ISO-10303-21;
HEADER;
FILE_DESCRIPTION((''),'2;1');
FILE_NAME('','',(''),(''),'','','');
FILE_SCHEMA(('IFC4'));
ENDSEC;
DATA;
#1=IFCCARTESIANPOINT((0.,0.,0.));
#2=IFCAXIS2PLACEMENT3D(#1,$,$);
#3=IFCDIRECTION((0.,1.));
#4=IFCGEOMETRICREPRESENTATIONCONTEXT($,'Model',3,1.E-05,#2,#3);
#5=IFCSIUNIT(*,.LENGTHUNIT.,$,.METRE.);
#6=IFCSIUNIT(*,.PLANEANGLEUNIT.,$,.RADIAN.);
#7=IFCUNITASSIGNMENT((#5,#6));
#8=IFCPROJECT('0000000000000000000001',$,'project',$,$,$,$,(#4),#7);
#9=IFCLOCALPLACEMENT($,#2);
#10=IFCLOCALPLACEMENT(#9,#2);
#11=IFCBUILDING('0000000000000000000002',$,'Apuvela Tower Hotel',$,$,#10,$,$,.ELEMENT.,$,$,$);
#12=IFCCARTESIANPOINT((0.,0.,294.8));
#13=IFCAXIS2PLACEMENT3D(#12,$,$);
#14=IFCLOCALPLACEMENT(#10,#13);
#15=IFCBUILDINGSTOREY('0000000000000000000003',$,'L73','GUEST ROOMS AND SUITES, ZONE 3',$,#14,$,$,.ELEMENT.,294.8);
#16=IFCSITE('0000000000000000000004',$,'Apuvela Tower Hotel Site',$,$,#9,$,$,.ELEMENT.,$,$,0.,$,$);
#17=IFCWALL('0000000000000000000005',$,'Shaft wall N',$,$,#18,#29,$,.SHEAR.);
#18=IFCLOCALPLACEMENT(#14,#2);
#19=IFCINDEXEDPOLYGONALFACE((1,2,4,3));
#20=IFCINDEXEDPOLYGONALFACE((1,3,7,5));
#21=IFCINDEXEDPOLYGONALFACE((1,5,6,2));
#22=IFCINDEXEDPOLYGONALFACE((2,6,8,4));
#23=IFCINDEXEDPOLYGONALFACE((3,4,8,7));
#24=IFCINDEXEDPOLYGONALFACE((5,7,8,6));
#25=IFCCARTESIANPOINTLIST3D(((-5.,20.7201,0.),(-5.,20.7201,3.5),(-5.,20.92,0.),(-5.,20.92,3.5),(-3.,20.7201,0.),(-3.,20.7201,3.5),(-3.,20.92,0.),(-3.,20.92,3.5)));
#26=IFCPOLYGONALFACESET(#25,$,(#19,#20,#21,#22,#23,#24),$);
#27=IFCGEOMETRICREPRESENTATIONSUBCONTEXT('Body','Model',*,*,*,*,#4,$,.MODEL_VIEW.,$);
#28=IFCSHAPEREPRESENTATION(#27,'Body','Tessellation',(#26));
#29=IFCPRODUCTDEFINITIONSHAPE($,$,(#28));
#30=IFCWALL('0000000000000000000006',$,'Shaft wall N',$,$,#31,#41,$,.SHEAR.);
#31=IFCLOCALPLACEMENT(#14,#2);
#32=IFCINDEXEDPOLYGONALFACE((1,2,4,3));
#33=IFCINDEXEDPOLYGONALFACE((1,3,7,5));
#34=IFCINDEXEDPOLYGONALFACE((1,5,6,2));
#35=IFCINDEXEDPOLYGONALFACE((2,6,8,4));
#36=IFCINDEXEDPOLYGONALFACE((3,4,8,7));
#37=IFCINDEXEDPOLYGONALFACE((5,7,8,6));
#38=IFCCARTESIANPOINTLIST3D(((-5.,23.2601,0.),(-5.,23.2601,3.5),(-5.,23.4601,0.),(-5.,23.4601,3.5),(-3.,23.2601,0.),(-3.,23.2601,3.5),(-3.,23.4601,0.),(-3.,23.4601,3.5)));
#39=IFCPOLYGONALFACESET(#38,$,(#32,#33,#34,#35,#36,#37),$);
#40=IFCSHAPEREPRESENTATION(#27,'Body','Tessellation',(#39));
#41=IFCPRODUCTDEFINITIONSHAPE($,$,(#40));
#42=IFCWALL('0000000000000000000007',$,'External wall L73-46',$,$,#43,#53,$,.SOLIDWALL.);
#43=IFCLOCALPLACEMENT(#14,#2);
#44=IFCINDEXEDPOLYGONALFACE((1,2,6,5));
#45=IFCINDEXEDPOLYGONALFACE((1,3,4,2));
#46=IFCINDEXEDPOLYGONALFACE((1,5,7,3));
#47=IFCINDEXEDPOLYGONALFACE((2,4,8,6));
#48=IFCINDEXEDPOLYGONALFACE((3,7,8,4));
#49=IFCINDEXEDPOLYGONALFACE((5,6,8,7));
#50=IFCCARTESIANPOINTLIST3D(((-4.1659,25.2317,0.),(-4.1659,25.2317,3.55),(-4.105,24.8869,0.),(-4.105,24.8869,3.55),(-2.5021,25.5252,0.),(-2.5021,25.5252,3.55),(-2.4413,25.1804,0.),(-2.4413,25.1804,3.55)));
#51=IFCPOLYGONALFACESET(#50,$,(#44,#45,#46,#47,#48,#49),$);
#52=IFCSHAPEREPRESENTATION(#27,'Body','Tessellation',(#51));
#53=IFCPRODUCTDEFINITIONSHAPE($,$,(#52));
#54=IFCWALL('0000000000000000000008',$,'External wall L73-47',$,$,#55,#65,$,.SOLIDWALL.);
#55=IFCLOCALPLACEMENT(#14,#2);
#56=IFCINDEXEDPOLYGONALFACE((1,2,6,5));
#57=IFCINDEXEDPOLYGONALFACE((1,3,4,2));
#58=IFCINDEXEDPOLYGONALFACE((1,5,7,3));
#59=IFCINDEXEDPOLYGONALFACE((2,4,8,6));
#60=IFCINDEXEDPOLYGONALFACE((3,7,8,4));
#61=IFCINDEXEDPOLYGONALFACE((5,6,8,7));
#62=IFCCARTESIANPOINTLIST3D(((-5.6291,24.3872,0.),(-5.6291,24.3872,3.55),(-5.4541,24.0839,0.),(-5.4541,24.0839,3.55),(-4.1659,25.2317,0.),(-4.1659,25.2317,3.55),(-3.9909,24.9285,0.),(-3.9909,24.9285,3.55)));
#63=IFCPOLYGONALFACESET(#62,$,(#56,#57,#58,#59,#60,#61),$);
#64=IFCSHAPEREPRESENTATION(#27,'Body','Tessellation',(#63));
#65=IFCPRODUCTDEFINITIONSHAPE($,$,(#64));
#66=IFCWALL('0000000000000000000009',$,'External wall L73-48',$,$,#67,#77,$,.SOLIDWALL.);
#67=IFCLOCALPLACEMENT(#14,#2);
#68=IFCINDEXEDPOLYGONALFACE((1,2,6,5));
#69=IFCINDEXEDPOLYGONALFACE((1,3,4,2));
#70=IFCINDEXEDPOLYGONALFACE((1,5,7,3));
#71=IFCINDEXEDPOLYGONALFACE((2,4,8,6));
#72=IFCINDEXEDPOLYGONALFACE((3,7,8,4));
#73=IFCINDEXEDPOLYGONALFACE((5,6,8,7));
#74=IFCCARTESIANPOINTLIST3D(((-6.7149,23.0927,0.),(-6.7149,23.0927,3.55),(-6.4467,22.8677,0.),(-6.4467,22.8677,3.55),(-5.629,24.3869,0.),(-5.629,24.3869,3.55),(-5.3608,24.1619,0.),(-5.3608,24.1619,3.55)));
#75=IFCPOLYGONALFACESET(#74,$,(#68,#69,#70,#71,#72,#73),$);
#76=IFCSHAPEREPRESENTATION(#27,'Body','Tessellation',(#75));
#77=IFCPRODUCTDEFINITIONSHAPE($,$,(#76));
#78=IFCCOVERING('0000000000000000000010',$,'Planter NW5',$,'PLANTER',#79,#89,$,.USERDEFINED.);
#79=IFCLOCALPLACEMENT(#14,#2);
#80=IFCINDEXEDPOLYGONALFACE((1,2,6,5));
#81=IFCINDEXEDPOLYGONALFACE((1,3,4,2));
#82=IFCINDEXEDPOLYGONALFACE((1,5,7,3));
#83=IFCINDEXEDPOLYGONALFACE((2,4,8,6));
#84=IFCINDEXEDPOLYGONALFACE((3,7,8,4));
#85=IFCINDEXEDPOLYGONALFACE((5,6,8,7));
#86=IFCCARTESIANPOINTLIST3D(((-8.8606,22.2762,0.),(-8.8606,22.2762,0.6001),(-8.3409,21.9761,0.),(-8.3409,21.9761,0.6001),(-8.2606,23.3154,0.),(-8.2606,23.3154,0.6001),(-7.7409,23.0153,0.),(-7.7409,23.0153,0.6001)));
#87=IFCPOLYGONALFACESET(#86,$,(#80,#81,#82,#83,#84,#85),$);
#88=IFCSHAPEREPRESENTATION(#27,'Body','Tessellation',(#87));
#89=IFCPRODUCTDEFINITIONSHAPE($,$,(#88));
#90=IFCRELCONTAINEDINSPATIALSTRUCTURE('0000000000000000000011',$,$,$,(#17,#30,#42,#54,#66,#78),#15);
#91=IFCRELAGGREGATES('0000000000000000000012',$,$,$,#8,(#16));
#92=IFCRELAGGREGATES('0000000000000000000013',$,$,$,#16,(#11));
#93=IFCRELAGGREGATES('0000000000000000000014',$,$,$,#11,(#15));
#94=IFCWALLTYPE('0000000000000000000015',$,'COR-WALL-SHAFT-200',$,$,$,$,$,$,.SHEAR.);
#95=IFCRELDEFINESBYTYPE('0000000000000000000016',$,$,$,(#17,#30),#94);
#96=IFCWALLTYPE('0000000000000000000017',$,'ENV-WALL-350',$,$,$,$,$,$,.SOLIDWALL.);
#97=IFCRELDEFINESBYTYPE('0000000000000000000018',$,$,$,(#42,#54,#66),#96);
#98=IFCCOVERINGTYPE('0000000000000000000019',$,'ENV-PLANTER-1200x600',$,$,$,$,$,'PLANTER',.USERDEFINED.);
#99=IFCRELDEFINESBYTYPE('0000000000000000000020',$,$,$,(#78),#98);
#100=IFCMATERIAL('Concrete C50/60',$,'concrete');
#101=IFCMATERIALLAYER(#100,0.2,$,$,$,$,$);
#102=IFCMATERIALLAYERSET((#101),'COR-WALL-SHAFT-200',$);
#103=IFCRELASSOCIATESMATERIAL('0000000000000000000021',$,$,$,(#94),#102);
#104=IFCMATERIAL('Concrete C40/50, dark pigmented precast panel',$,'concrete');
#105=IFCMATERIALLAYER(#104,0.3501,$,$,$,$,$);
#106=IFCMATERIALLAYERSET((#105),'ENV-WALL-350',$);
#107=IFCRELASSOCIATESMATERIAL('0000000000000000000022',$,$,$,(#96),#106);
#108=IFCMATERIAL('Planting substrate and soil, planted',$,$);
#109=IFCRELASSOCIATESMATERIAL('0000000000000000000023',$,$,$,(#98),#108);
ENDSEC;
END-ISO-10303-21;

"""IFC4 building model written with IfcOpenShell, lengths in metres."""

from ifc_helpers import new_model, si_unit, direction, frame, frame_2d, origin, origin_2d, place, context, subcontext, project, spatial, rectangle, extrude, material, layer, layer_set, type_object, element, save


model = new_model("IFC4")

# Units and contexts
model_context = context("Model", 3, precision=1e-05, world=origin(), true_north=direction((0.0, 1.0)))
body_context = subcontext(model_context, "Body", "Model", "MODEL_VIEW")
ifc_project = project(units=[si_unit("LENGTHUNIT", "METRE"), si_unit("PLANEANGLEUNIT", "RADIAN")], contexts=[model_context])

# Site, building, storey
site_placement = place(None, origin())
site = spatial("IfcSite", under=ifc_project, at=site_placement, Name="Apuvela Tower Hotel Site", CompositionType="ELEMENT", RefElevation=0.0)
building_placement = place(site_placement, origin())
building = spatial("IfcBuilding", under=site, at=building_placement, Name="Apuvela Tower Hotel", CompositionType="ELEMENT")
storey_placement = place(building_placement, frame((0.0, 0.0, 294.8)))
storey = spatial("IfcBuildingStorey", under=building, at=storey_placement, Name="L73", Description="GUEST ROOMS AND SUITES, ZONE 3", CompositionType="ELEMENT", Elevation=294.8)

# Shared definitions
ifc_material_1 = material(Name="Concrete C50/60", Category="concrete")
ifc_layer_1 = layer(ifc_material_1, 0.2)
ifc_layer_set_1 = layer_set([ifc_layer_1], Name="COR-WALL-SHAFT-200")
wall_type_1 = type_object("IfcWallType", Name="COR-WALL-SHAFT-200", PredefinedType="SHEAR", material=ifc_layer_set_1)

# Walls
for number, where, z_axis, x_axis, name in (
    (1, (-3.0, 20.8201, 0.0), (0.0, 0.0, 1.0), (-1.0, 0.0, 0.0), "Shaft wall N"),
    (2, (-3.0, 23.3601, 0.0), (0.0, 0.0, 1.0), (-1.0, 0.0, 0.0), "Shaft wall N"),
):
    element("IfcWall", number, at=place(storey_placement, frame(where, z_axis=z_axis, x_axis=x_axis)), inside=storey, type_object=wall_type_1, Name=name, PredefinedType="SHEAR", context=body_context, shape_type="SweptSolid", body=[
        extrude(rectangle(XDim=2.0, YDim=0.2, at=frame_2d((1.0, 0.0))), origin(), (0.0, 0.0, 1.0), 3.5),
    ])

# Shared definitions
ifc_material_2 = material(Name="Concrete C40/50, dark pigmented precast panel", Category="concrete")
ifc_layer_2 = layer(ifc_material_2, 0.3501)
ifc_layer_set_2 = layer_set([ifc_layer_2], Name="ENV-WALL-350")
wall_type_2 = type_object("IfcWallType", Name="ENV-WALL-350", PredefinedType="SOLIDWALL", material=ifc_layer_set_2)

# Walls
for number, where, z_axis, x_axis, name in (
    (3, (-2.4717, 25.3528, 0.0), (0.0, 0.0, 1.0), (-0.9848, -0.173695, 0.0), "External wall L73-46"),
    (4, (-4.0784, 25.0801, 0.0), (0.0, 0.0, 1.0), (-0.866092, -0.499885, 0.0), "External wall L73-47"),
    (5, (-5.4949, 24.2744, 0.0), (0.0, 0.0, 1.0), (-0.642782, -0.766049, 0.0), "External wall L73-48"),
):
    element("IfcWall", number, at=place(storey_placement, frame(where, z_axis=z_axis, x_axis=x_axis)), inside=storey, type_object=wall_type_2, Name=name, PredefinedType="SOLIDWALL", context=body_context, shape_type="SweptSolid", body=[
        extrude(rectangle(XDim=1.6895, YDim=0.3501, at=frame_2d((0.8447, 0.0))), origin(), (0.0, 0.0, 1.0), 3.55),
    ])

# Covering
ifc_material_3 = material(Name="Planting substrate and soil, planted")
covering_type = type_object("IfcCoveringType", Name="ENV-PLANTER-1200x600", ElementType="PLANTER", PredefinedType="USERDEFINED", material=ifc_material_3)
covering_placement = place(storey_placement, frame((-8.3008, 22.6458, 0.0), z_axis=(0.0, 0.0, 1.0), x_axis=(-0.5, -0.866025, 0.0)))
element("IfcCovering", 6, at=covering_placement, inside=storey, type_object=covering_type, Name="Planter NW5", ObjectType="PLANTER", PredefinedType="USERDEFINED", context=body_context, shape_type="SweptSolid", body=[
    extrude(rectangle(XDim=1.2, YDim=0.6001, at=origin_2d()), origin(), (0.0, 0.0, 1.0), 0.6001),
])

save(model, "model.ifc")
